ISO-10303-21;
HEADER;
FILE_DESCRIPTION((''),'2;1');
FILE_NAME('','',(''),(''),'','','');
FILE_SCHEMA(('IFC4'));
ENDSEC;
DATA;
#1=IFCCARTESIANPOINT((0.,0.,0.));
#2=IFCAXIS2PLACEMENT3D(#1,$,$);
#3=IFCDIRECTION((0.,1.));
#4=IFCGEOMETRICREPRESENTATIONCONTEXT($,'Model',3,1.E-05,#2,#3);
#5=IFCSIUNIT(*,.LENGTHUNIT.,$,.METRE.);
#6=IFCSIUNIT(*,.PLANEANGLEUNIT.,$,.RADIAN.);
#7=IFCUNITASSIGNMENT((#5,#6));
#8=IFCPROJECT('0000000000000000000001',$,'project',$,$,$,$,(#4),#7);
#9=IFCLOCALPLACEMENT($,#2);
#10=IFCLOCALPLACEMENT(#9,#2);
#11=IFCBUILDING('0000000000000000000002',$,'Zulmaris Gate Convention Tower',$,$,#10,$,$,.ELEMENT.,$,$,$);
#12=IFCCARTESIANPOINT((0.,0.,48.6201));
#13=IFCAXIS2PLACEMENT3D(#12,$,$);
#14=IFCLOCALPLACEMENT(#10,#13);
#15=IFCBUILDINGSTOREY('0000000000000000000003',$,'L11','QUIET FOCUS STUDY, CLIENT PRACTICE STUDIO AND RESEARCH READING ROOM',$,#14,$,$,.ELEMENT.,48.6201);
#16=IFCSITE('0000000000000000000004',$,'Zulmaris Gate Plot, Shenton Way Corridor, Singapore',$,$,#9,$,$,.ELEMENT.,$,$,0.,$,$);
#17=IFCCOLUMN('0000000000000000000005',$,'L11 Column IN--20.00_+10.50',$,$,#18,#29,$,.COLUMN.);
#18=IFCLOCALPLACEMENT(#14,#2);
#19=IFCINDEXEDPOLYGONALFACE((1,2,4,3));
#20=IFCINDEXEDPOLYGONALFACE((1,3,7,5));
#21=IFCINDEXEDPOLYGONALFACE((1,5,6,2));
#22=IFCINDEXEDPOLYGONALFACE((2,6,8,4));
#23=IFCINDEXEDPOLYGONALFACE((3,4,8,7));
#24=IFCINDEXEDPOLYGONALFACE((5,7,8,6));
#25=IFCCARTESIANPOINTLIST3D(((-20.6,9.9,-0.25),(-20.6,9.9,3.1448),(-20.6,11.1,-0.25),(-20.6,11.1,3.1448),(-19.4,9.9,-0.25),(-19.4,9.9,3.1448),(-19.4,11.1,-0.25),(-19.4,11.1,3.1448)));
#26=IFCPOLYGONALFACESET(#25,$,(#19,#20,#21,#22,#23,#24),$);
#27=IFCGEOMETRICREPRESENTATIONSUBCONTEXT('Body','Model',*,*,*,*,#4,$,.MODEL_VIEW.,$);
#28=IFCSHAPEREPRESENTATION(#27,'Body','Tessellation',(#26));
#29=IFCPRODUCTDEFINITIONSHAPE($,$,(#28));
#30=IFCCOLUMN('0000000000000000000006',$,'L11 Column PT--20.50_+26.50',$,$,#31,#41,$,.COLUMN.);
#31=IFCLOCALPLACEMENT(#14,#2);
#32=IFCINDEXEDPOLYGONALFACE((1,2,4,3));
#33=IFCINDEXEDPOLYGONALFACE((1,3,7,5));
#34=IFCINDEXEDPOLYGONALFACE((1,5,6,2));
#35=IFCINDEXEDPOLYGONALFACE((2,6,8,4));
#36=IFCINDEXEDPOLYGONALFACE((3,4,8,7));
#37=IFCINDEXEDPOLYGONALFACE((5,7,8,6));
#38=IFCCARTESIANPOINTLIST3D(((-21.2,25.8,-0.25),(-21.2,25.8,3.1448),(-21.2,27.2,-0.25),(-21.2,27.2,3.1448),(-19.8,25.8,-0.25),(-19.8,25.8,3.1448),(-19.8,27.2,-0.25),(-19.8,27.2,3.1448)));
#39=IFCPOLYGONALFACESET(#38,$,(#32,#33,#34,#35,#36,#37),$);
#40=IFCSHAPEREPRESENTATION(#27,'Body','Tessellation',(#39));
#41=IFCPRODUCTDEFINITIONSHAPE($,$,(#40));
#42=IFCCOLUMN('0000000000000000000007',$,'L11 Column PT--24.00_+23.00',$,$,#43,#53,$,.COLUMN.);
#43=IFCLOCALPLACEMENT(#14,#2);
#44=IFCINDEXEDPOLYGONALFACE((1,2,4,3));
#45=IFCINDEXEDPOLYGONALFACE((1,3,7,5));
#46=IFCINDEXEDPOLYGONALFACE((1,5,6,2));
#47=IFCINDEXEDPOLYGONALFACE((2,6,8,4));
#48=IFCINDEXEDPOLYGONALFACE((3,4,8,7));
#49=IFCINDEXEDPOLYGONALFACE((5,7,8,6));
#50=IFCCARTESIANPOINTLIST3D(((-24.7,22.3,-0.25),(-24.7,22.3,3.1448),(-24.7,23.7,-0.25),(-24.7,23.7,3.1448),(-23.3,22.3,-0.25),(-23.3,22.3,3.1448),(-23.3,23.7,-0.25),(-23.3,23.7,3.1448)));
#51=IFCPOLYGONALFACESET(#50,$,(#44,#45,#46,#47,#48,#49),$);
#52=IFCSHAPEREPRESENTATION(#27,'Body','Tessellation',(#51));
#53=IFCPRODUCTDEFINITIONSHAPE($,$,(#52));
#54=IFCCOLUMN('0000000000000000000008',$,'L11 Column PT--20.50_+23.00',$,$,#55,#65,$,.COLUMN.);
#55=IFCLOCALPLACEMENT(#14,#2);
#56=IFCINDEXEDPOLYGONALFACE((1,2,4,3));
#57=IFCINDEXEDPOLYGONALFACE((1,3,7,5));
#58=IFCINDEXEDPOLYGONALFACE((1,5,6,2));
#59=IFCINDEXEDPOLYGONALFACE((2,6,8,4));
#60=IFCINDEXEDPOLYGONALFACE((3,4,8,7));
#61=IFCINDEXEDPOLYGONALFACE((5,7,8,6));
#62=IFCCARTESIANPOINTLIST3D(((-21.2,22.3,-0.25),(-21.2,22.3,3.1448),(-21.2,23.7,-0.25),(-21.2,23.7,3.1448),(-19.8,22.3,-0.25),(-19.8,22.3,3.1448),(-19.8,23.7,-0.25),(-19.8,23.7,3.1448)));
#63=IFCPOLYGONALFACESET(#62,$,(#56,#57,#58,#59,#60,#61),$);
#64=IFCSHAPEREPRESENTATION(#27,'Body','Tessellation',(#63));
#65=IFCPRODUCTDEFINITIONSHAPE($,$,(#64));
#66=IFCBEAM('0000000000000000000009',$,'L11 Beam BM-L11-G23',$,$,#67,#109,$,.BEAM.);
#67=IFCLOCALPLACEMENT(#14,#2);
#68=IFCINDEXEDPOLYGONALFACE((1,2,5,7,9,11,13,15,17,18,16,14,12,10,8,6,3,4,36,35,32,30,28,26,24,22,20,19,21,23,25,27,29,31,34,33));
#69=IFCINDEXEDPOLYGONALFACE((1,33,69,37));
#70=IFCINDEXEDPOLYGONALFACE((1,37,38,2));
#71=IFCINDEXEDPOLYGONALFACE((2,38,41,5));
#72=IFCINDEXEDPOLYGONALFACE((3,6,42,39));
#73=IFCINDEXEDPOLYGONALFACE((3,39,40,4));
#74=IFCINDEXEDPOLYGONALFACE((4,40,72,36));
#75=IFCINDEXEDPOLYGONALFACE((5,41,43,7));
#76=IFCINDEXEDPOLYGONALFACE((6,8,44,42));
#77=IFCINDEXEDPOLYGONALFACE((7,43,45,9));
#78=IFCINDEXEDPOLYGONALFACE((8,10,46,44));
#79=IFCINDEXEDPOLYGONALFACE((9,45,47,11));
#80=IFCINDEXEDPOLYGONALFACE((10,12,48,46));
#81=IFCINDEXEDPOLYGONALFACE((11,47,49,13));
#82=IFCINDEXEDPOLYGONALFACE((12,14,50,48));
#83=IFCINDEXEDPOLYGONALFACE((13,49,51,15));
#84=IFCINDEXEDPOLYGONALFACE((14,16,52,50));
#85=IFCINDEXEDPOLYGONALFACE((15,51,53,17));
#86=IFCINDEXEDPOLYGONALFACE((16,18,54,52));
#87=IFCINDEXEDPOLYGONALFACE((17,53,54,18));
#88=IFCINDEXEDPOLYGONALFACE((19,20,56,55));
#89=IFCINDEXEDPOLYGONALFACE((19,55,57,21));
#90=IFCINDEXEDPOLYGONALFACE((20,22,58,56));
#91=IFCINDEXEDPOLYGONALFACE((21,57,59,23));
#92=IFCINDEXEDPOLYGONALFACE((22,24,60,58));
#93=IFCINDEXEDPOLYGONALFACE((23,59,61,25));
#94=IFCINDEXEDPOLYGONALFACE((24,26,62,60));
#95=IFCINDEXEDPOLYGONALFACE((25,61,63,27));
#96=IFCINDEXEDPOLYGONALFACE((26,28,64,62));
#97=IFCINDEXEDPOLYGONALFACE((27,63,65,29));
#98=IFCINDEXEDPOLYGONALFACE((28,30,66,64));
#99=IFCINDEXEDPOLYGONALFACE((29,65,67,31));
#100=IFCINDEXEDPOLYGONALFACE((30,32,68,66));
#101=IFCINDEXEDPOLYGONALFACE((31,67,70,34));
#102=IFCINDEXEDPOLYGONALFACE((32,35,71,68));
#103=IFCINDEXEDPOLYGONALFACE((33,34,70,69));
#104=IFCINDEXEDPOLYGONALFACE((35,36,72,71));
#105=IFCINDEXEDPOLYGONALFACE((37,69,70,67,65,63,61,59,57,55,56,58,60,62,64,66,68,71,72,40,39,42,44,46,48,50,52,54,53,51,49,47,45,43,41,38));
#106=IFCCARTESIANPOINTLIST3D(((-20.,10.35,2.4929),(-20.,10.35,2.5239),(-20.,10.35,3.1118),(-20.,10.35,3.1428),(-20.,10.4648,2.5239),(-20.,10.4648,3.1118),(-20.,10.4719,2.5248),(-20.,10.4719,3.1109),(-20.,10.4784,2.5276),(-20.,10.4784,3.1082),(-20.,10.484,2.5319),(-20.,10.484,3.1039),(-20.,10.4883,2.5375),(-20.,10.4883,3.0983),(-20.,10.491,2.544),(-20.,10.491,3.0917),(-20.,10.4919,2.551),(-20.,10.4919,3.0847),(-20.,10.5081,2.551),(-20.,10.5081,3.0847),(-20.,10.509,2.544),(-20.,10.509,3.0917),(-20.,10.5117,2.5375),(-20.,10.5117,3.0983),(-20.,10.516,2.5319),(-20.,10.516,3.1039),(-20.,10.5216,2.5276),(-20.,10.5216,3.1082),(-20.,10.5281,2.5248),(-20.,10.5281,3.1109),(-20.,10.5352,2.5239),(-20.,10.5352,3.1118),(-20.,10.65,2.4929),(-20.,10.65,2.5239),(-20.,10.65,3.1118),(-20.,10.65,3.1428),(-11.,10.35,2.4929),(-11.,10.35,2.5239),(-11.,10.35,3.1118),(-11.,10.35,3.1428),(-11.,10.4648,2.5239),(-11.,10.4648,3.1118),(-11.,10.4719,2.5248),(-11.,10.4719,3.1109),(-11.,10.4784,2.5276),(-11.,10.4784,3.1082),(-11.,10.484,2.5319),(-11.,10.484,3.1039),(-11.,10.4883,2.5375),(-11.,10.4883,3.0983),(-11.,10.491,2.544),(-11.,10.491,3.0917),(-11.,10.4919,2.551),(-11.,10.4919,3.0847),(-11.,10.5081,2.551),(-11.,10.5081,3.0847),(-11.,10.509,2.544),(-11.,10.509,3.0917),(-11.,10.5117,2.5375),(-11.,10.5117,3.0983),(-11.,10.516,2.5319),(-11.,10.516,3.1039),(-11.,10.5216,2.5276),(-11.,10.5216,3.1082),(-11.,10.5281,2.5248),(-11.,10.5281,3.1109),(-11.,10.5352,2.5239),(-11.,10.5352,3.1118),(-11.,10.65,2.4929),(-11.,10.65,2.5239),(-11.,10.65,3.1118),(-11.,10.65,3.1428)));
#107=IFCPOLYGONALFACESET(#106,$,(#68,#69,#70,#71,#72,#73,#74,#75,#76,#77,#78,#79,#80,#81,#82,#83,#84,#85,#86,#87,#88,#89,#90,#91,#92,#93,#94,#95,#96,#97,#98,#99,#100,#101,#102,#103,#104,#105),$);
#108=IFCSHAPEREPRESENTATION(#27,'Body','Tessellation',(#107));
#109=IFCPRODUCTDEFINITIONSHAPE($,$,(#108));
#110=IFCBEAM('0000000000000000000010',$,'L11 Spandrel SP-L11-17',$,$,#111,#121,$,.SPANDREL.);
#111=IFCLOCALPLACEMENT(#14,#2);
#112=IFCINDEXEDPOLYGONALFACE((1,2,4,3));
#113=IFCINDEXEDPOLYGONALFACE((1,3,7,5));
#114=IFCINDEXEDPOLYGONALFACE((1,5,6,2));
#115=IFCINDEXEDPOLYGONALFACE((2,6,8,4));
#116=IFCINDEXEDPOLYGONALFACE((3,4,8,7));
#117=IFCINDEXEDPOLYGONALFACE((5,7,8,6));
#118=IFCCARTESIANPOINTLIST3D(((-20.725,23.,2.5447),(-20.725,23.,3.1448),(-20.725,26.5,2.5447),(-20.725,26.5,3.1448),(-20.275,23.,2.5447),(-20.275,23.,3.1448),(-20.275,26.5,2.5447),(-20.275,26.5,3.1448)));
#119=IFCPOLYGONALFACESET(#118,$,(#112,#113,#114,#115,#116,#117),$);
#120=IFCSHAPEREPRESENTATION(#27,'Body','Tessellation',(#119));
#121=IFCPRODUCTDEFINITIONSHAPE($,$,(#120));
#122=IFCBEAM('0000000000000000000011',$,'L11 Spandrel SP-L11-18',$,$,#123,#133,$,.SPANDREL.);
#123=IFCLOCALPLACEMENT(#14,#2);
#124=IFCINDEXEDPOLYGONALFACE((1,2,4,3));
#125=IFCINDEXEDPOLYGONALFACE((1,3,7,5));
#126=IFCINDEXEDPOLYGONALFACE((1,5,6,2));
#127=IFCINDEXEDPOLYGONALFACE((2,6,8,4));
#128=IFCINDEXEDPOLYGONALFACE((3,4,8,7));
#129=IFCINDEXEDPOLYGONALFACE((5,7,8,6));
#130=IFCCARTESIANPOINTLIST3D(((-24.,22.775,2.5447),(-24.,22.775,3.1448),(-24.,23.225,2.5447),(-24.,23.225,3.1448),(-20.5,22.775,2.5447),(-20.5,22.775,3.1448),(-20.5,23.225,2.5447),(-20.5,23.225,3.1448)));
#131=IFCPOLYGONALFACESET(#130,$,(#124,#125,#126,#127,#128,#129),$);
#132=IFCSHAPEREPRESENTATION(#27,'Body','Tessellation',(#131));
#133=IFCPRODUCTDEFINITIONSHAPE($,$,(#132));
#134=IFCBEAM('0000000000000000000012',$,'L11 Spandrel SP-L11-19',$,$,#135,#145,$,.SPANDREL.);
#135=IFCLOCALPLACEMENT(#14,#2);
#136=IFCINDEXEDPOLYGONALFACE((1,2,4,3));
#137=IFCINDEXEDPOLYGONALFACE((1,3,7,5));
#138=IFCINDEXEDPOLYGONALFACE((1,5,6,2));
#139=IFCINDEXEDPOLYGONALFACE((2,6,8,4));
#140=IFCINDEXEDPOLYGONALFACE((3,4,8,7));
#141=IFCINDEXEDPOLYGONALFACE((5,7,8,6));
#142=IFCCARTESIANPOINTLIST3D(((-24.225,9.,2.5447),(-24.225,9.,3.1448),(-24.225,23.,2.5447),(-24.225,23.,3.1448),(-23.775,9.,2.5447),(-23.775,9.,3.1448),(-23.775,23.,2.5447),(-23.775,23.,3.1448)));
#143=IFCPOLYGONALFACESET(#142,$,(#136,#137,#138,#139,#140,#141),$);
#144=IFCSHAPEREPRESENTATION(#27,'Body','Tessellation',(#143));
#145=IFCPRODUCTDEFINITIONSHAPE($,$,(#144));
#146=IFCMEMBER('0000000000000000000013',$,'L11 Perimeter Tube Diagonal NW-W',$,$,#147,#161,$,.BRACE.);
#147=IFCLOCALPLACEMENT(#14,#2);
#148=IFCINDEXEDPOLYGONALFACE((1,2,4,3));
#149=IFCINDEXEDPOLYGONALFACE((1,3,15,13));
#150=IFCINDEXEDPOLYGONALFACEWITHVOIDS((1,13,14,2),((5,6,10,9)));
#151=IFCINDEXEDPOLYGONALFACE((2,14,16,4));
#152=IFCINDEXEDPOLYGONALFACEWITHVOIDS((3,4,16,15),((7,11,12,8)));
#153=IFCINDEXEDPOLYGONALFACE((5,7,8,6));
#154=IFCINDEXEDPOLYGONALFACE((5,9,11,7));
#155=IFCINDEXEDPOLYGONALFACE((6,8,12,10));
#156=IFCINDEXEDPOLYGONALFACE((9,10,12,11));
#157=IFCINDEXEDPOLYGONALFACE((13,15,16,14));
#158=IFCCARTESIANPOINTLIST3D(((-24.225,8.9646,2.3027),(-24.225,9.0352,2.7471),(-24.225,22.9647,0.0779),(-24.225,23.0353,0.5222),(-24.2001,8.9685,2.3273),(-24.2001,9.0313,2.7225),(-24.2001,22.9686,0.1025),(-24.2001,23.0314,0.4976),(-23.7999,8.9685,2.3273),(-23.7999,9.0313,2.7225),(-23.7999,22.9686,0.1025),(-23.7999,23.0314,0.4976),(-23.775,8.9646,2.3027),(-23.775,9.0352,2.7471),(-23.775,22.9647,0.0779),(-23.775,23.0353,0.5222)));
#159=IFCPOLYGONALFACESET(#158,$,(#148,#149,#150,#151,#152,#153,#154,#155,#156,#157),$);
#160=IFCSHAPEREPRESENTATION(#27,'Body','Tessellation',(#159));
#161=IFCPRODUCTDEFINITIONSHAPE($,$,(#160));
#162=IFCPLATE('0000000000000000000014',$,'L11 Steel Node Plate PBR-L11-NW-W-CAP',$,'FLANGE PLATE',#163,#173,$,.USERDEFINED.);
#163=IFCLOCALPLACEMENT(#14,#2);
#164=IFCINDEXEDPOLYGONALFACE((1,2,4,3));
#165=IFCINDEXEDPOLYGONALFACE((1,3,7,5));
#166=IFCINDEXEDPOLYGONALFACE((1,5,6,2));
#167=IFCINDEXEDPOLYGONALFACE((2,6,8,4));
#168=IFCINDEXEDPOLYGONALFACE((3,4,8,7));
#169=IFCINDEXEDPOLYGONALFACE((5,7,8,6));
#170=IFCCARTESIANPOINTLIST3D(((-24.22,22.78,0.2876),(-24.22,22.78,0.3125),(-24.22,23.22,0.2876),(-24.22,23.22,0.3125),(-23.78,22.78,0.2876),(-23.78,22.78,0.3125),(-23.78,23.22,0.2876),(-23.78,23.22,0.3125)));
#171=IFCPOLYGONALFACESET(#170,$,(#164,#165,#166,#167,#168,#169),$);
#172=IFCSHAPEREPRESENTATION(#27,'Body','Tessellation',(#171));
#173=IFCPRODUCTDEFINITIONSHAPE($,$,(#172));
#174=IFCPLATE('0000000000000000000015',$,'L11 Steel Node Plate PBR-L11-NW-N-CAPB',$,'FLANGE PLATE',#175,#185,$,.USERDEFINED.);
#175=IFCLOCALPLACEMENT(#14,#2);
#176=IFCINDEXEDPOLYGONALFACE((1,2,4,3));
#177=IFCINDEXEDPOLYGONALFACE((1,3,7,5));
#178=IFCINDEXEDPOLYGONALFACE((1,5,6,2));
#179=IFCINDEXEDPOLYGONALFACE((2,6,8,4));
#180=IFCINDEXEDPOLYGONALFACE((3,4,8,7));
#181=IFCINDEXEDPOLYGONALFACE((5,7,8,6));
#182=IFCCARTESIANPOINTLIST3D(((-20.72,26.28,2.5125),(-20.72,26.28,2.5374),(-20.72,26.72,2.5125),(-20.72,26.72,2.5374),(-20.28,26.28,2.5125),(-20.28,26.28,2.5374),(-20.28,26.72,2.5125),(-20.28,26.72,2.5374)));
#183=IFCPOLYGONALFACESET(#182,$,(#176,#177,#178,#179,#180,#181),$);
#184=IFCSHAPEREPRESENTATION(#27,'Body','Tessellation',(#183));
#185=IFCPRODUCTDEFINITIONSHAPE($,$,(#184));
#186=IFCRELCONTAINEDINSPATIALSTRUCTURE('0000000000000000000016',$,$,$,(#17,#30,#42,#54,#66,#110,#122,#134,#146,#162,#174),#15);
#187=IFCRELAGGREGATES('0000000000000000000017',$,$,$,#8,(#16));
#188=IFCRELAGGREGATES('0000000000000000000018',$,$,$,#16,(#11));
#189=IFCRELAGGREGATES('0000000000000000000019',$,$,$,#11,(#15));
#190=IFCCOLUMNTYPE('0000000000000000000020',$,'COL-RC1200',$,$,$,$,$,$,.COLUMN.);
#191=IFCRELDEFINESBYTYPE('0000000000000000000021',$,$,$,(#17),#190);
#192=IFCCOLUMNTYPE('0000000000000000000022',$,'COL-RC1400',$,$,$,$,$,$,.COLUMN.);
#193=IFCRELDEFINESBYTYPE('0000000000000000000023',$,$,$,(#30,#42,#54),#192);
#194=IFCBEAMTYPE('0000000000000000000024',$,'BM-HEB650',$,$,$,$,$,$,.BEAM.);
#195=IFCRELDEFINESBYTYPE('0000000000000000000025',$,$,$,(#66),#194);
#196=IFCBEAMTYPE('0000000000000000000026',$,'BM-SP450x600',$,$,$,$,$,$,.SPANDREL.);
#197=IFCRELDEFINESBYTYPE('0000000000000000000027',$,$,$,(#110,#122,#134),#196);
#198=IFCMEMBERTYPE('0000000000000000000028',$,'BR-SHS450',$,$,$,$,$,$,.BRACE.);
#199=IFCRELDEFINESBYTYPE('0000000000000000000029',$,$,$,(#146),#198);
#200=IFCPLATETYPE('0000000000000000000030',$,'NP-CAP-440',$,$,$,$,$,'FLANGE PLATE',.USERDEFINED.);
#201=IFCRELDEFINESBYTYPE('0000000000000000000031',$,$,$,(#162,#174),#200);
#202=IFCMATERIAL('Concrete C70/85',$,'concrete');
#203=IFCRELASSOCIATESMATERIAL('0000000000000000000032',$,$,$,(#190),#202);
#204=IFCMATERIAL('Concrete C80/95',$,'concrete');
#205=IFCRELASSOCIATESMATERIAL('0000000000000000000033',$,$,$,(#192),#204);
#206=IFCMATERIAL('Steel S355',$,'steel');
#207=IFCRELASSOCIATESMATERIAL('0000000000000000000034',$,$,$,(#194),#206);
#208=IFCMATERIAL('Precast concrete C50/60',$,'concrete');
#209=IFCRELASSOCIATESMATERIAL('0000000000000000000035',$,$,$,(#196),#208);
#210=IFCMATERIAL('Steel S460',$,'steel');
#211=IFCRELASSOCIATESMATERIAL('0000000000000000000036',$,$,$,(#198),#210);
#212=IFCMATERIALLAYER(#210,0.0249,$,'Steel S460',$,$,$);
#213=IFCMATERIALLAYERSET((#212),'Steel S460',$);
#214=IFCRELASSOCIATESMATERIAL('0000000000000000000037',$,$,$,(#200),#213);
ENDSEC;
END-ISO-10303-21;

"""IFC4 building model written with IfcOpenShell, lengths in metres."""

from ifc_helpers import new_model, si_unit, direction, frame, origin, origin_2d, place, context, subcontext, project, spatial, rectangle, hollow_rectangle, i_section, extrude, material, layer, layer_set, material_profile, profile_set, type_object, element, save


model = new_model("IFC4")

# Units and contexts
model_context = context("Model", 3, precision=1e-05, world=origin(), true_north=direction((0.0, 1.0)))
body_context = subcontext(model_context, "Body", "Model", "MODEL_VIEW")
ifc_project = project(units=[si_unit("LENGTHUNIT", "METRE"), si_unit("PLANEANGLEUNIT", "RADIAN")], contexts=[model_context])

# Site, building, storey
site_placement = place(None, origin())
site = spatial("IfcSite", under=ifc_project, at=site_placement, Name="Zulmaris Gate Plot, Shenton Way Corridor, Singapore", CompositionType="ELEMENT", RefElevation=0.0)
building_placement = place(site_placement, origin())
building = spatial("IfcBuilding", under=site, at=building_placement, Name="Zulmaris Gate Convention Tower", CompositionType="ELEMENT")
storey_placement = place(building_placement, frame((0.0, 0.0, 48.6201)))
storey = spatial("IfcBuildingStorey", under=building, at=storey_placement, Name="L11", Description="QUIET FOCUS STUDY, CLIENT PRACTICE STUDIO AND RESEARCH READING ROOM", CompositionType="ELEMENT", Elevation=48.6201)

# Columns
ifc_material_1 = material(Name="Concrete C70/85", Category="concrete")
ifc_material_profile_1 = material_profile(ifc_material_1, rectangle(XDim=1.2, YDim=1.2, at=origin_2d()), Name="RC COL 1200x1200")
ifc_profile_set_1 = profile_set([ifc_material_profile_1], Name="Concrete C70/85")
column_type_1 = type_object("IfcColumnType", Name="COL-RC1200", PredefinedType="COLUMN", material=ifc_profile_set_1)
column_placement = place(storey_placement, frame((-20.0, 10.5, -0.25), z_axis=(0.0, 0.0, 1.0), x_axis=(1.0, 0.0, 0.0)))
element("IfcColumn", 1, at=column_placement, inside=storey, type_object=column_type_1, Name="L11 Column IN--20.00_+10.50", PredefinedType="COLUMN", context=body_context, shape_type="SweptSolid", body=[
    extrude(rectangle(XDim=1.2, YDim=1.2, at=origin_2d()), origin(), (0.0, 0.0, 1.0), 3.3948),
])
ifc_material_2 = material(Name="Concrete C80/95", Category="concrete")
ifc_material_profile_2 = material_profile(ifc_material_2, rectangle(XDim=1.3999, YDim=1.3999, at=origin_2d()), Name="RC COL 1400x1400")
ifc_profile_set_2 = profile_set([ifc_material_profile_2], Name="Concrete C80/95")
column_type_2 = type_object("IfcColumnType", Name="COL-RC1400", PredefinedType="COLUMN", material=ifc_profile_set_2)
for number, where, z_axis, x_axis, name in (
    (2, (-20.5, 26.5, -0.25), (0.0, 0.0, 1.0), (1.0, 0.0, 0.0), "L11 Column PT--20.50_+26.50"),
    (3, (-24.0, 23.0, -0.25), (0.0, 0.0, 1.0), (1.0, 0.0, 0.0), "L11 Column PT--24.00_+23.00"),
    (4, (-20.5, 23.0, -0.25), (0.0, 0.0, 1.0), (1.0, 0.0, 0.0), "L11 Column PT--20.50_+23.00"),
):
    element("IfcColumn", number, at=place(storey_placement, frame(where, z_axis=z_axis, x_axis=x_axis)), inside=storey, type_object=column_type_2, Name=name, PredefinedType="COLUMN", context=body_context, shape_type="SweptSolid", body=[
        extrude(rectangle(XDim=1.3999, YDim=1.3999, at=origin_2d()), origin(), (0.0, 0.0, 1.0), 3.3948),
    ])

# Beams
ifc_material_3 = material(Name="Steel S355", Category="steel")
ifc_material_profile_3 = material_profile(ifc_material_3, i_section(OverallWidth=0.3, OverallDepth=0.6499, WebThickness=0.0161, FlangeThickness=0.031, FilletRadius=0.0271, at=origin_2d()), Name="HEB 650")
ifc_profile_set_3 = profile_set([ifc_material_profile_3], Name="Steel S355")
beam_type_1 = type_object("IfcBeamType", Name="BM-HEB650", PredefinedType="BEAM", material=ifc_profile_set_3)
beam_1_placement = place(storey_placement, frame((-20.0, 10.5, 2.8179), z_axis=(1.0, 0.0, 0.0), x_axis=(0.0, 1.0, 0.0)))
element("IfcBeam", 5, at=beam_1_placement, inside=storey, type_object=beam_type_1, Name="L11 Beam BM-L11-G23", PredefinedType="BEAM", context=body_context, shape_type="SweptSolid", body=[
    extrude(i_section(OverallWidth=0.3, OverallDepth=0.6499, WebThickness=0.0161, FlangeThickness=0.031, FilletRadius=0.0271, at=origin_2d()), origin(), (0.0, 0.0, 1.0), 9.0),
])
ifc_material_4 = material(Name="Precast concrete C50/60", Category="concrete")
ifc_material_profile_4 = material_profile(ifc_material_4, rectangle(XDim=0.45, YDim=0.6001, at=origin_2d()), Name="RC SPANDREL 450x600")
ifc_profile_set_4 = profile_set([ifc_material_profile_4], Name="Precast concrete C50/60")
beam_type_2 = type_object("IfcBeamType", Name="BM-SP450x600", PredefinedType="SPANDREL", material=ifc_profile_set_4)
for number, where, z_axis, x_axis, name in (
    (6, (-20.5, 26.5, 2.8447), (0.0, -1.0, 0.0), (1.0, 0.0, 0.0), "L11 Spandrel SP-L11-17"),
    (7, (-20.5, 23.0, 2.8447), (-1.0, 0.0, 0.0), (0.0, -1.0, 0.0), "L11 Spandrel SP-L11-18"),
):
    element("IfcBeam", number, at=place(storey_placement, frame(where, z_axis=z_axis, x_axis=x_axis)), inside=storey, type_object=beam_type_2, Name=name, PredefinedType="SPANDREL", context=body_context, shape_type="SweptSolid", body=[
        extrude(rectangle(XDim=0.45, YDim=0.6001, at=origin_2d()), origin(), (0.0, 0.0, 1.0), 3.5),
    ])
beam_2_placement = place(storey_placement, frame((-24.0, 23.0, 2.8447), z_axis=(0.0, -1.0, 0.0), x_axis=(1.0, 0.0, 0.0)))
element("IfcBeam", 8, at=beam_2_placement, inside=storey, type_object=beam_type_2, Name="L11 Spandrel SP-L11-19", PredefinedType="SPANDREL", context=body_context, shape_type="SweptSolid", body=[
    extrude(rectangle(XDim=0.45, YDim=0.6001, at=origin_2d()), origin(), (0.0, 0.0, 1.0), 14.0),
])

# Member
ifc_material_5 = material(Name="Steel S460", Category="steel")
ifc_material_profile_5 = material_profile(ifc_material_5, hollow_rectangle(XDim=0.45, YDim=0.45, WallThickness=0.0249, at=origin_2d()), Name="SHS 450x450x25")
ifc_profile_set_5 = profile_set([ifc_material_profile_5], Name="Steel S460")
member_type = type_object("IfcMemberType", Name="BR-SHS450", PredefinedType="BRACE", material=ifc_profile_set_5)
member_placement = place(storey_placement, frame((-24.0, 23.0, 0.3), z_axis=(0.0, -0.987607, 0.156949), x_axis=(1.0, 0.0, 0.0)))
element("IfcMember", 9, at=member_placement, inside=storey, type_object=member_type, Name="L11 Perimeter Tube Diagonal NW-W", PredefinedType="BRACE", context=body_context, shape_type="SweptSolid", body=[
    extrude(hollow_rectangle(XDim=0.45, YDim=0.45, WallThickness=0.0249, at=origin_2d()), origin(), (0.0, 0.0, 1.0), 14.1758),
])

# Plates
ifc_layer_1 = layer(ifc_material_5, 0.0249, Name="Steel S460")
ifc_layer_set_1 = layer_set([ifc_layer_1], Name="Steel S460")
plate_type = type_object("IfcPlateType", Name="NP-CAP-440", ElementType="FLANGE PLATE", PredefinedType="USERDEFINED", material=ifc_layer_set_1)
for number, where, z_axis, x_axis, name in (
    (10, (-24.0, 23.0, 0.2876), (0.0, 0.0, 1.0), (1.0, 0.0, 0.0), "L11 Steel Node Plate PBR-L11-NW-W-CAP"),
    (11, (-20.5, 26.5, 2.5125), (0.0, 0.0, 1.0), (1.0, 0.0, 0.0), "L11 Steel Node Plate PBR-L11-NW-N-CAPB"),
):
    element("IfcPlate", number, at=place(storey_placement, frame(where, z_axis=z_axis, x_axis=x_axis)), inside=storey, type_object=plate_type, Name=name, ObjectType="FLANGE PLATE", PredefinedType="USERDEFINED", context=body_context, shape_type="SweptSolid", body=[
        extrude(rectangle(XDim=0.4399, YDim=0.4399, at=origin_2d()), origin(), (0.0, 0.0, 1.0), 0.0249),
    ])

save(model, "model.ifc")
